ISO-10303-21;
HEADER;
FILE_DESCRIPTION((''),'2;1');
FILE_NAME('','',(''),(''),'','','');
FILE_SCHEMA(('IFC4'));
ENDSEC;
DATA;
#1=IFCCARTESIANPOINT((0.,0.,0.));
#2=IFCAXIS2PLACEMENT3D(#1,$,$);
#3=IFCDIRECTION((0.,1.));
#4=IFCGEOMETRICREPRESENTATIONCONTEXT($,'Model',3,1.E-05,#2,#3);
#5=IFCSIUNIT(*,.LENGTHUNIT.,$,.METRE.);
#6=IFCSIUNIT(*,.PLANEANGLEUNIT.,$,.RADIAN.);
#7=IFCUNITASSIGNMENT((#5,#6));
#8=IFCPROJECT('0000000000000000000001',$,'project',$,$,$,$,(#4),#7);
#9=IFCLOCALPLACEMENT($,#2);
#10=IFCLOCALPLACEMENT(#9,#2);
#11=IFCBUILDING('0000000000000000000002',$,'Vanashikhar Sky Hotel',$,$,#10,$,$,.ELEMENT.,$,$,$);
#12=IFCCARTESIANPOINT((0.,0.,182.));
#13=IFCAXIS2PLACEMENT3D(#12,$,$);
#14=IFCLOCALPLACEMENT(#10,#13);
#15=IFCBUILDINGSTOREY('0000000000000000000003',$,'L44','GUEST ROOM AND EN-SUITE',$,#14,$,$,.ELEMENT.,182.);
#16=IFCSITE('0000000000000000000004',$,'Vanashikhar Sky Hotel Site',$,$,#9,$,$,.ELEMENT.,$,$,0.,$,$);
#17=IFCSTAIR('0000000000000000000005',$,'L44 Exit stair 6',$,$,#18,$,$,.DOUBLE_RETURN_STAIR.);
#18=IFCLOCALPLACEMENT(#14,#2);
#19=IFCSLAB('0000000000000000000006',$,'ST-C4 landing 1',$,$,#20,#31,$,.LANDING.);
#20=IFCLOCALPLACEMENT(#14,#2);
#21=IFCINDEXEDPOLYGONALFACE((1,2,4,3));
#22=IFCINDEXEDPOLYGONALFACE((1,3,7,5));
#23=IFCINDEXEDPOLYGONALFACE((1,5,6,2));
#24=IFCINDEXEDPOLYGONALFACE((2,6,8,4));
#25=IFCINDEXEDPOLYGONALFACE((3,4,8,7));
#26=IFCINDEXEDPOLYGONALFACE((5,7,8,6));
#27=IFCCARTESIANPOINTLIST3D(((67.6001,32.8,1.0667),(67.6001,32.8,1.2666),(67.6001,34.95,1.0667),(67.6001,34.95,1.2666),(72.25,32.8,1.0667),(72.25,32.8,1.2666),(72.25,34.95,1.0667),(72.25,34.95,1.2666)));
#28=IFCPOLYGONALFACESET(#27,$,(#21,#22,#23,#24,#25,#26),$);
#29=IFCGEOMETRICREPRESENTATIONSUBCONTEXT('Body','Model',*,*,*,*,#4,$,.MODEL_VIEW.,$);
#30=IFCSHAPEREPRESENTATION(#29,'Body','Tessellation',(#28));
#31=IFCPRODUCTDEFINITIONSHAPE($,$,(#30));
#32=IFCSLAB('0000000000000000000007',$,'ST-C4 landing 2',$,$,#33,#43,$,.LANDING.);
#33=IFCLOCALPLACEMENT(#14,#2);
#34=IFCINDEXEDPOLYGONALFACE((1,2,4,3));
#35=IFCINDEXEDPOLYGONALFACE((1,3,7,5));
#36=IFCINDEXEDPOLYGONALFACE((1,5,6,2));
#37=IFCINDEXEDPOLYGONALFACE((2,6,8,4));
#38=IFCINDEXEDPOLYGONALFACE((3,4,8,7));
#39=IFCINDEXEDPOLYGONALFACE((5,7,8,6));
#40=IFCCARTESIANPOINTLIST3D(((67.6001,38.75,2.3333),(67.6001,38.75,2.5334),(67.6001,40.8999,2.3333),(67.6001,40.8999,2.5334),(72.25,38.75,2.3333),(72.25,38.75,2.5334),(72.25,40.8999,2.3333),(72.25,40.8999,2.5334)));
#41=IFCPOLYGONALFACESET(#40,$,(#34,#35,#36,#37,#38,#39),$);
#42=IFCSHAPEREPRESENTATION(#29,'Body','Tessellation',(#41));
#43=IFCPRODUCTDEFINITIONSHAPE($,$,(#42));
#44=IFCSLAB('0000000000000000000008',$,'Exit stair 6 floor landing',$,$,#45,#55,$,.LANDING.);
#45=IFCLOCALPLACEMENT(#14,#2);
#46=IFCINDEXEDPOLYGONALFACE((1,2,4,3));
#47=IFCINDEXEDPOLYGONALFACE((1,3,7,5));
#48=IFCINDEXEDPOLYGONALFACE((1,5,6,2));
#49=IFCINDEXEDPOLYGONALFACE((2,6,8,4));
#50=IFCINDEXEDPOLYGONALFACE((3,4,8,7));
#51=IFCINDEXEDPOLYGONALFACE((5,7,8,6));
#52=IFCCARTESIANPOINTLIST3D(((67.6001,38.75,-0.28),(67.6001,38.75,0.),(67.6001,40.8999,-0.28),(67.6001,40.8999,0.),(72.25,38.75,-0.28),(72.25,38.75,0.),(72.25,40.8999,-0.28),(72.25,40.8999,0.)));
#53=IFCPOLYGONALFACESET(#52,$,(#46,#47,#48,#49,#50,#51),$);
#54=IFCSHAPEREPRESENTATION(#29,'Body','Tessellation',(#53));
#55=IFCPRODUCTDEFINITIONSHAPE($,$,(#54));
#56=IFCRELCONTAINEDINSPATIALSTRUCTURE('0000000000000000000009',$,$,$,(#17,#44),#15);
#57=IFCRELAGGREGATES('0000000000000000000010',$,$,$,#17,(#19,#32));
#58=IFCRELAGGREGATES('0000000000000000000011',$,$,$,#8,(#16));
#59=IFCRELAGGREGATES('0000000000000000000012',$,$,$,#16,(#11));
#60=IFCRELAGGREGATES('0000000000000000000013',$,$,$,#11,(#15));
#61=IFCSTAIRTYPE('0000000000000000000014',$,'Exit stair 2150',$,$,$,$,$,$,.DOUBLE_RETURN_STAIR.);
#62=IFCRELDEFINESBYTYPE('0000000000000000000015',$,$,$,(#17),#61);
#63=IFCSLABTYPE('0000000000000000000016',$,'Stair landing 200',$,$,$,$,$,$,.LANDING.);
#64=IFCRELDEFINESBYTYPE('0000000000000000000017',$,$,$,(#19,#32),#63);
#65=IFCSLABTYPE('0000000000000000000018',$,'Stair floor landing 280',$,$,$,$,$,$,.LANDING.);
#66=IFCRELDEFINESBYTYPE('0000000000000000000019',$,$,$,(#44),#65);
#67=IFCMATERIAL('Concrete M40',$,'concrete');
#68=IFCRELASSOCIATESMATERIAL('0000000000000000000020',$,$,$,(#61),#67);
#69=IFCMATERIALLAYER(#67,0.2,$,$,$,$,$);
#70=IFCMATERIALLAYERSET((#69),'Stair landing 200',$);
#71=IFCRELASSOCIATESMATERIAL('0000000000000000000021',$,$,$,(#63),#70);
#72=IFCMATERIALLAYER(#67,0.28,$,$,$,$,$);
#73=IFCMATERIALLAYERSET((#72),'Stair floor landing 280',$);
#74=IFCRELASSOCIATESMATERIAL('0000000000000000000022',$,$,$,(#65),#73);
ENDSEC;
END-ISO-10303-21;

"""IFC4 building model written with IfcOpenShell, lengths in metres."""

from ifc_helpers import new_model, si_unit, direction, frame, origin, place, context, subcontext, project, spatial, polyline, outline, extrude, source, transform, mapped, material, layer, layer_set, type_object, element, aggregate, save


model = new_model("IFC4")

# Units and contexts
model_context = context("Model", 3, precision=1e-05, world=origin(), true_north=direction((0.0, 1.0)))
body_context = subcontext(model_context, "Body", "Model", "MODEL_VIEW")
ifc_project = project(units=[si_unit("LENGTHUNIT", "METRE"), si_unit("PLANEANGLEUNIT", "RADIAN")], contexts=[model_context])

# Site, building, storey
site_placement = place(None, origin())
site = spatial("IfcSite", under=ifc_project, at=site_placement, Name="Vanashikhar Sky Hotel Site", CompositionType="ELEMENT", RefElevation=0.0)
building_placement = place(site_placement, origin())
building = spatial("IfcBuilding", under=site, at=building_placement, Name="Vanashikhar Sky Hotel", CompositionType="ELEMENT")
storey_placement = place(building_placement, frame((0.0, 0.0, 182.0)))
storey = spatial("IfcBuildingStorey", under=building, at=storey_placement, Name="L44", Description="GUEST ROOM AND EN-SUITE", CompositionType="ELEMENT", Elevation=182.0)

# Shared definitions
ifc_material = material(Name="Concrete M40", Category="concrete")

# Shared definitions
stair_type = type_object("IfcStairType", Name="Exit stair 2150", PredefinedType="DOUBLE_RETURN_STAIR", material=ifc_material)
ifc_layer_1 = layer(ifc_material, 0.2)
ifc_layer_set_1 = layer_set([ifc_layer_1], Name="Stair landing 200")
slab_type_1 = type_object("IfcSlabType", Name="Stair landing 200", PredefinedType="LANDING", material=ifc_layer_set_1)

# Shared definitions
ifc_layer_2 = layer(ifc_material, 0.28)
ifc_layer_set_2 = layer_set([ifc_layer_2], Name="Stair floor landing 280")
slab_type_2 = type_object("IfcSlabType", Name="Stair floor landing 280", PredefinedType="LANDING", material=ifc_layer_set_2)

# Stair, slabs
stair_1_placement = place(storey_placement, origin())
stair_1 = element("IfcStair", 1, at=stair_1_placement, inside=storey, type_object=stair_type, Name="L44 Exit stair 6", PredefinedType="DOUBLE_RETURN_STAIR")
shared_shape_1 = source(origin(), body_context, "Body", "SweptSolid", [
    extrude(outline(polyline([(72.25, 32.8), (72.25, 34.95), (67.6001, 34.95), (67.6001, 32.8), (72.25, 32.8)])), origin(), (0.0, 0.0, 1.0), 0.2),
])
slab_1_placement = place(storey_placement, frame((0.0, 0.0, 1.0667)))
slab_1 = element("IfcSlab", 2, at=slab_1_placement, type_object=slab_type_1, Name="ST-C4 landing 1", PredefinedType="LANDING", context=body_context, shape_type="MappedRepresentation", body=[
    mapped(shared_shape_1, transform((0.0, 0.0, 0.0), scale=1.0)),
])
shared_shape_2 = source(origin(), body_context, "Body", "SweptSolid", [
    extrude(outline(polyline([(72.25, 38.75), (72.25, 40.8999), (67.6001, 40.8999), (67.6001, 38.75), (72.25, 38.75)])), origin(), (0.0, 0.0, 1.0), 0.2002),
])
slab_2_placement = place(storey_placement, frame((0.0, 0.0, 2.3333)))
slab_2 = element("IfcSlab", 3, at=slab_2_placement, type_object=slab_type_1, Name="ST-C4 landing 2", PredefinedType="LANDING", context=body_context, shape_type="MappedRepresentation", body=[
    mapped(shared_shape_2, transform((0.0, 0.0, 0.0), scale=1.0)),
])
aggregate(stair_1, [slab_1, slab_2])

# Slab
shared_shape_3 = source(origin(), body_context, "Body", "SweptSolid", [
    extrude(outline(polyline([(72.25, 38.75), (72.25, 40.8999), (67.6001, 40.8999), (67.6001, 38.75), (72.25, 38.75)])), origin(), (0.0, 0.0, 1.0), 0.28),
])
slab_3_placement = place(storey_placement, frame((0.0, 0.0, -0.28)))
element("IfcSlab", 4, at=slab_3_placement, inside=storey, type_object=slab_type_2, Name="Exit stair 6 floor landing", PredefinedType="LANDING", context=body_context, shape_type="MappedRepresentation", body=[
    mapped(shared_shape_3, transform((0.0, 0.0, 0.0), scale=1.0)),
])

save(model, "model.ifc")
